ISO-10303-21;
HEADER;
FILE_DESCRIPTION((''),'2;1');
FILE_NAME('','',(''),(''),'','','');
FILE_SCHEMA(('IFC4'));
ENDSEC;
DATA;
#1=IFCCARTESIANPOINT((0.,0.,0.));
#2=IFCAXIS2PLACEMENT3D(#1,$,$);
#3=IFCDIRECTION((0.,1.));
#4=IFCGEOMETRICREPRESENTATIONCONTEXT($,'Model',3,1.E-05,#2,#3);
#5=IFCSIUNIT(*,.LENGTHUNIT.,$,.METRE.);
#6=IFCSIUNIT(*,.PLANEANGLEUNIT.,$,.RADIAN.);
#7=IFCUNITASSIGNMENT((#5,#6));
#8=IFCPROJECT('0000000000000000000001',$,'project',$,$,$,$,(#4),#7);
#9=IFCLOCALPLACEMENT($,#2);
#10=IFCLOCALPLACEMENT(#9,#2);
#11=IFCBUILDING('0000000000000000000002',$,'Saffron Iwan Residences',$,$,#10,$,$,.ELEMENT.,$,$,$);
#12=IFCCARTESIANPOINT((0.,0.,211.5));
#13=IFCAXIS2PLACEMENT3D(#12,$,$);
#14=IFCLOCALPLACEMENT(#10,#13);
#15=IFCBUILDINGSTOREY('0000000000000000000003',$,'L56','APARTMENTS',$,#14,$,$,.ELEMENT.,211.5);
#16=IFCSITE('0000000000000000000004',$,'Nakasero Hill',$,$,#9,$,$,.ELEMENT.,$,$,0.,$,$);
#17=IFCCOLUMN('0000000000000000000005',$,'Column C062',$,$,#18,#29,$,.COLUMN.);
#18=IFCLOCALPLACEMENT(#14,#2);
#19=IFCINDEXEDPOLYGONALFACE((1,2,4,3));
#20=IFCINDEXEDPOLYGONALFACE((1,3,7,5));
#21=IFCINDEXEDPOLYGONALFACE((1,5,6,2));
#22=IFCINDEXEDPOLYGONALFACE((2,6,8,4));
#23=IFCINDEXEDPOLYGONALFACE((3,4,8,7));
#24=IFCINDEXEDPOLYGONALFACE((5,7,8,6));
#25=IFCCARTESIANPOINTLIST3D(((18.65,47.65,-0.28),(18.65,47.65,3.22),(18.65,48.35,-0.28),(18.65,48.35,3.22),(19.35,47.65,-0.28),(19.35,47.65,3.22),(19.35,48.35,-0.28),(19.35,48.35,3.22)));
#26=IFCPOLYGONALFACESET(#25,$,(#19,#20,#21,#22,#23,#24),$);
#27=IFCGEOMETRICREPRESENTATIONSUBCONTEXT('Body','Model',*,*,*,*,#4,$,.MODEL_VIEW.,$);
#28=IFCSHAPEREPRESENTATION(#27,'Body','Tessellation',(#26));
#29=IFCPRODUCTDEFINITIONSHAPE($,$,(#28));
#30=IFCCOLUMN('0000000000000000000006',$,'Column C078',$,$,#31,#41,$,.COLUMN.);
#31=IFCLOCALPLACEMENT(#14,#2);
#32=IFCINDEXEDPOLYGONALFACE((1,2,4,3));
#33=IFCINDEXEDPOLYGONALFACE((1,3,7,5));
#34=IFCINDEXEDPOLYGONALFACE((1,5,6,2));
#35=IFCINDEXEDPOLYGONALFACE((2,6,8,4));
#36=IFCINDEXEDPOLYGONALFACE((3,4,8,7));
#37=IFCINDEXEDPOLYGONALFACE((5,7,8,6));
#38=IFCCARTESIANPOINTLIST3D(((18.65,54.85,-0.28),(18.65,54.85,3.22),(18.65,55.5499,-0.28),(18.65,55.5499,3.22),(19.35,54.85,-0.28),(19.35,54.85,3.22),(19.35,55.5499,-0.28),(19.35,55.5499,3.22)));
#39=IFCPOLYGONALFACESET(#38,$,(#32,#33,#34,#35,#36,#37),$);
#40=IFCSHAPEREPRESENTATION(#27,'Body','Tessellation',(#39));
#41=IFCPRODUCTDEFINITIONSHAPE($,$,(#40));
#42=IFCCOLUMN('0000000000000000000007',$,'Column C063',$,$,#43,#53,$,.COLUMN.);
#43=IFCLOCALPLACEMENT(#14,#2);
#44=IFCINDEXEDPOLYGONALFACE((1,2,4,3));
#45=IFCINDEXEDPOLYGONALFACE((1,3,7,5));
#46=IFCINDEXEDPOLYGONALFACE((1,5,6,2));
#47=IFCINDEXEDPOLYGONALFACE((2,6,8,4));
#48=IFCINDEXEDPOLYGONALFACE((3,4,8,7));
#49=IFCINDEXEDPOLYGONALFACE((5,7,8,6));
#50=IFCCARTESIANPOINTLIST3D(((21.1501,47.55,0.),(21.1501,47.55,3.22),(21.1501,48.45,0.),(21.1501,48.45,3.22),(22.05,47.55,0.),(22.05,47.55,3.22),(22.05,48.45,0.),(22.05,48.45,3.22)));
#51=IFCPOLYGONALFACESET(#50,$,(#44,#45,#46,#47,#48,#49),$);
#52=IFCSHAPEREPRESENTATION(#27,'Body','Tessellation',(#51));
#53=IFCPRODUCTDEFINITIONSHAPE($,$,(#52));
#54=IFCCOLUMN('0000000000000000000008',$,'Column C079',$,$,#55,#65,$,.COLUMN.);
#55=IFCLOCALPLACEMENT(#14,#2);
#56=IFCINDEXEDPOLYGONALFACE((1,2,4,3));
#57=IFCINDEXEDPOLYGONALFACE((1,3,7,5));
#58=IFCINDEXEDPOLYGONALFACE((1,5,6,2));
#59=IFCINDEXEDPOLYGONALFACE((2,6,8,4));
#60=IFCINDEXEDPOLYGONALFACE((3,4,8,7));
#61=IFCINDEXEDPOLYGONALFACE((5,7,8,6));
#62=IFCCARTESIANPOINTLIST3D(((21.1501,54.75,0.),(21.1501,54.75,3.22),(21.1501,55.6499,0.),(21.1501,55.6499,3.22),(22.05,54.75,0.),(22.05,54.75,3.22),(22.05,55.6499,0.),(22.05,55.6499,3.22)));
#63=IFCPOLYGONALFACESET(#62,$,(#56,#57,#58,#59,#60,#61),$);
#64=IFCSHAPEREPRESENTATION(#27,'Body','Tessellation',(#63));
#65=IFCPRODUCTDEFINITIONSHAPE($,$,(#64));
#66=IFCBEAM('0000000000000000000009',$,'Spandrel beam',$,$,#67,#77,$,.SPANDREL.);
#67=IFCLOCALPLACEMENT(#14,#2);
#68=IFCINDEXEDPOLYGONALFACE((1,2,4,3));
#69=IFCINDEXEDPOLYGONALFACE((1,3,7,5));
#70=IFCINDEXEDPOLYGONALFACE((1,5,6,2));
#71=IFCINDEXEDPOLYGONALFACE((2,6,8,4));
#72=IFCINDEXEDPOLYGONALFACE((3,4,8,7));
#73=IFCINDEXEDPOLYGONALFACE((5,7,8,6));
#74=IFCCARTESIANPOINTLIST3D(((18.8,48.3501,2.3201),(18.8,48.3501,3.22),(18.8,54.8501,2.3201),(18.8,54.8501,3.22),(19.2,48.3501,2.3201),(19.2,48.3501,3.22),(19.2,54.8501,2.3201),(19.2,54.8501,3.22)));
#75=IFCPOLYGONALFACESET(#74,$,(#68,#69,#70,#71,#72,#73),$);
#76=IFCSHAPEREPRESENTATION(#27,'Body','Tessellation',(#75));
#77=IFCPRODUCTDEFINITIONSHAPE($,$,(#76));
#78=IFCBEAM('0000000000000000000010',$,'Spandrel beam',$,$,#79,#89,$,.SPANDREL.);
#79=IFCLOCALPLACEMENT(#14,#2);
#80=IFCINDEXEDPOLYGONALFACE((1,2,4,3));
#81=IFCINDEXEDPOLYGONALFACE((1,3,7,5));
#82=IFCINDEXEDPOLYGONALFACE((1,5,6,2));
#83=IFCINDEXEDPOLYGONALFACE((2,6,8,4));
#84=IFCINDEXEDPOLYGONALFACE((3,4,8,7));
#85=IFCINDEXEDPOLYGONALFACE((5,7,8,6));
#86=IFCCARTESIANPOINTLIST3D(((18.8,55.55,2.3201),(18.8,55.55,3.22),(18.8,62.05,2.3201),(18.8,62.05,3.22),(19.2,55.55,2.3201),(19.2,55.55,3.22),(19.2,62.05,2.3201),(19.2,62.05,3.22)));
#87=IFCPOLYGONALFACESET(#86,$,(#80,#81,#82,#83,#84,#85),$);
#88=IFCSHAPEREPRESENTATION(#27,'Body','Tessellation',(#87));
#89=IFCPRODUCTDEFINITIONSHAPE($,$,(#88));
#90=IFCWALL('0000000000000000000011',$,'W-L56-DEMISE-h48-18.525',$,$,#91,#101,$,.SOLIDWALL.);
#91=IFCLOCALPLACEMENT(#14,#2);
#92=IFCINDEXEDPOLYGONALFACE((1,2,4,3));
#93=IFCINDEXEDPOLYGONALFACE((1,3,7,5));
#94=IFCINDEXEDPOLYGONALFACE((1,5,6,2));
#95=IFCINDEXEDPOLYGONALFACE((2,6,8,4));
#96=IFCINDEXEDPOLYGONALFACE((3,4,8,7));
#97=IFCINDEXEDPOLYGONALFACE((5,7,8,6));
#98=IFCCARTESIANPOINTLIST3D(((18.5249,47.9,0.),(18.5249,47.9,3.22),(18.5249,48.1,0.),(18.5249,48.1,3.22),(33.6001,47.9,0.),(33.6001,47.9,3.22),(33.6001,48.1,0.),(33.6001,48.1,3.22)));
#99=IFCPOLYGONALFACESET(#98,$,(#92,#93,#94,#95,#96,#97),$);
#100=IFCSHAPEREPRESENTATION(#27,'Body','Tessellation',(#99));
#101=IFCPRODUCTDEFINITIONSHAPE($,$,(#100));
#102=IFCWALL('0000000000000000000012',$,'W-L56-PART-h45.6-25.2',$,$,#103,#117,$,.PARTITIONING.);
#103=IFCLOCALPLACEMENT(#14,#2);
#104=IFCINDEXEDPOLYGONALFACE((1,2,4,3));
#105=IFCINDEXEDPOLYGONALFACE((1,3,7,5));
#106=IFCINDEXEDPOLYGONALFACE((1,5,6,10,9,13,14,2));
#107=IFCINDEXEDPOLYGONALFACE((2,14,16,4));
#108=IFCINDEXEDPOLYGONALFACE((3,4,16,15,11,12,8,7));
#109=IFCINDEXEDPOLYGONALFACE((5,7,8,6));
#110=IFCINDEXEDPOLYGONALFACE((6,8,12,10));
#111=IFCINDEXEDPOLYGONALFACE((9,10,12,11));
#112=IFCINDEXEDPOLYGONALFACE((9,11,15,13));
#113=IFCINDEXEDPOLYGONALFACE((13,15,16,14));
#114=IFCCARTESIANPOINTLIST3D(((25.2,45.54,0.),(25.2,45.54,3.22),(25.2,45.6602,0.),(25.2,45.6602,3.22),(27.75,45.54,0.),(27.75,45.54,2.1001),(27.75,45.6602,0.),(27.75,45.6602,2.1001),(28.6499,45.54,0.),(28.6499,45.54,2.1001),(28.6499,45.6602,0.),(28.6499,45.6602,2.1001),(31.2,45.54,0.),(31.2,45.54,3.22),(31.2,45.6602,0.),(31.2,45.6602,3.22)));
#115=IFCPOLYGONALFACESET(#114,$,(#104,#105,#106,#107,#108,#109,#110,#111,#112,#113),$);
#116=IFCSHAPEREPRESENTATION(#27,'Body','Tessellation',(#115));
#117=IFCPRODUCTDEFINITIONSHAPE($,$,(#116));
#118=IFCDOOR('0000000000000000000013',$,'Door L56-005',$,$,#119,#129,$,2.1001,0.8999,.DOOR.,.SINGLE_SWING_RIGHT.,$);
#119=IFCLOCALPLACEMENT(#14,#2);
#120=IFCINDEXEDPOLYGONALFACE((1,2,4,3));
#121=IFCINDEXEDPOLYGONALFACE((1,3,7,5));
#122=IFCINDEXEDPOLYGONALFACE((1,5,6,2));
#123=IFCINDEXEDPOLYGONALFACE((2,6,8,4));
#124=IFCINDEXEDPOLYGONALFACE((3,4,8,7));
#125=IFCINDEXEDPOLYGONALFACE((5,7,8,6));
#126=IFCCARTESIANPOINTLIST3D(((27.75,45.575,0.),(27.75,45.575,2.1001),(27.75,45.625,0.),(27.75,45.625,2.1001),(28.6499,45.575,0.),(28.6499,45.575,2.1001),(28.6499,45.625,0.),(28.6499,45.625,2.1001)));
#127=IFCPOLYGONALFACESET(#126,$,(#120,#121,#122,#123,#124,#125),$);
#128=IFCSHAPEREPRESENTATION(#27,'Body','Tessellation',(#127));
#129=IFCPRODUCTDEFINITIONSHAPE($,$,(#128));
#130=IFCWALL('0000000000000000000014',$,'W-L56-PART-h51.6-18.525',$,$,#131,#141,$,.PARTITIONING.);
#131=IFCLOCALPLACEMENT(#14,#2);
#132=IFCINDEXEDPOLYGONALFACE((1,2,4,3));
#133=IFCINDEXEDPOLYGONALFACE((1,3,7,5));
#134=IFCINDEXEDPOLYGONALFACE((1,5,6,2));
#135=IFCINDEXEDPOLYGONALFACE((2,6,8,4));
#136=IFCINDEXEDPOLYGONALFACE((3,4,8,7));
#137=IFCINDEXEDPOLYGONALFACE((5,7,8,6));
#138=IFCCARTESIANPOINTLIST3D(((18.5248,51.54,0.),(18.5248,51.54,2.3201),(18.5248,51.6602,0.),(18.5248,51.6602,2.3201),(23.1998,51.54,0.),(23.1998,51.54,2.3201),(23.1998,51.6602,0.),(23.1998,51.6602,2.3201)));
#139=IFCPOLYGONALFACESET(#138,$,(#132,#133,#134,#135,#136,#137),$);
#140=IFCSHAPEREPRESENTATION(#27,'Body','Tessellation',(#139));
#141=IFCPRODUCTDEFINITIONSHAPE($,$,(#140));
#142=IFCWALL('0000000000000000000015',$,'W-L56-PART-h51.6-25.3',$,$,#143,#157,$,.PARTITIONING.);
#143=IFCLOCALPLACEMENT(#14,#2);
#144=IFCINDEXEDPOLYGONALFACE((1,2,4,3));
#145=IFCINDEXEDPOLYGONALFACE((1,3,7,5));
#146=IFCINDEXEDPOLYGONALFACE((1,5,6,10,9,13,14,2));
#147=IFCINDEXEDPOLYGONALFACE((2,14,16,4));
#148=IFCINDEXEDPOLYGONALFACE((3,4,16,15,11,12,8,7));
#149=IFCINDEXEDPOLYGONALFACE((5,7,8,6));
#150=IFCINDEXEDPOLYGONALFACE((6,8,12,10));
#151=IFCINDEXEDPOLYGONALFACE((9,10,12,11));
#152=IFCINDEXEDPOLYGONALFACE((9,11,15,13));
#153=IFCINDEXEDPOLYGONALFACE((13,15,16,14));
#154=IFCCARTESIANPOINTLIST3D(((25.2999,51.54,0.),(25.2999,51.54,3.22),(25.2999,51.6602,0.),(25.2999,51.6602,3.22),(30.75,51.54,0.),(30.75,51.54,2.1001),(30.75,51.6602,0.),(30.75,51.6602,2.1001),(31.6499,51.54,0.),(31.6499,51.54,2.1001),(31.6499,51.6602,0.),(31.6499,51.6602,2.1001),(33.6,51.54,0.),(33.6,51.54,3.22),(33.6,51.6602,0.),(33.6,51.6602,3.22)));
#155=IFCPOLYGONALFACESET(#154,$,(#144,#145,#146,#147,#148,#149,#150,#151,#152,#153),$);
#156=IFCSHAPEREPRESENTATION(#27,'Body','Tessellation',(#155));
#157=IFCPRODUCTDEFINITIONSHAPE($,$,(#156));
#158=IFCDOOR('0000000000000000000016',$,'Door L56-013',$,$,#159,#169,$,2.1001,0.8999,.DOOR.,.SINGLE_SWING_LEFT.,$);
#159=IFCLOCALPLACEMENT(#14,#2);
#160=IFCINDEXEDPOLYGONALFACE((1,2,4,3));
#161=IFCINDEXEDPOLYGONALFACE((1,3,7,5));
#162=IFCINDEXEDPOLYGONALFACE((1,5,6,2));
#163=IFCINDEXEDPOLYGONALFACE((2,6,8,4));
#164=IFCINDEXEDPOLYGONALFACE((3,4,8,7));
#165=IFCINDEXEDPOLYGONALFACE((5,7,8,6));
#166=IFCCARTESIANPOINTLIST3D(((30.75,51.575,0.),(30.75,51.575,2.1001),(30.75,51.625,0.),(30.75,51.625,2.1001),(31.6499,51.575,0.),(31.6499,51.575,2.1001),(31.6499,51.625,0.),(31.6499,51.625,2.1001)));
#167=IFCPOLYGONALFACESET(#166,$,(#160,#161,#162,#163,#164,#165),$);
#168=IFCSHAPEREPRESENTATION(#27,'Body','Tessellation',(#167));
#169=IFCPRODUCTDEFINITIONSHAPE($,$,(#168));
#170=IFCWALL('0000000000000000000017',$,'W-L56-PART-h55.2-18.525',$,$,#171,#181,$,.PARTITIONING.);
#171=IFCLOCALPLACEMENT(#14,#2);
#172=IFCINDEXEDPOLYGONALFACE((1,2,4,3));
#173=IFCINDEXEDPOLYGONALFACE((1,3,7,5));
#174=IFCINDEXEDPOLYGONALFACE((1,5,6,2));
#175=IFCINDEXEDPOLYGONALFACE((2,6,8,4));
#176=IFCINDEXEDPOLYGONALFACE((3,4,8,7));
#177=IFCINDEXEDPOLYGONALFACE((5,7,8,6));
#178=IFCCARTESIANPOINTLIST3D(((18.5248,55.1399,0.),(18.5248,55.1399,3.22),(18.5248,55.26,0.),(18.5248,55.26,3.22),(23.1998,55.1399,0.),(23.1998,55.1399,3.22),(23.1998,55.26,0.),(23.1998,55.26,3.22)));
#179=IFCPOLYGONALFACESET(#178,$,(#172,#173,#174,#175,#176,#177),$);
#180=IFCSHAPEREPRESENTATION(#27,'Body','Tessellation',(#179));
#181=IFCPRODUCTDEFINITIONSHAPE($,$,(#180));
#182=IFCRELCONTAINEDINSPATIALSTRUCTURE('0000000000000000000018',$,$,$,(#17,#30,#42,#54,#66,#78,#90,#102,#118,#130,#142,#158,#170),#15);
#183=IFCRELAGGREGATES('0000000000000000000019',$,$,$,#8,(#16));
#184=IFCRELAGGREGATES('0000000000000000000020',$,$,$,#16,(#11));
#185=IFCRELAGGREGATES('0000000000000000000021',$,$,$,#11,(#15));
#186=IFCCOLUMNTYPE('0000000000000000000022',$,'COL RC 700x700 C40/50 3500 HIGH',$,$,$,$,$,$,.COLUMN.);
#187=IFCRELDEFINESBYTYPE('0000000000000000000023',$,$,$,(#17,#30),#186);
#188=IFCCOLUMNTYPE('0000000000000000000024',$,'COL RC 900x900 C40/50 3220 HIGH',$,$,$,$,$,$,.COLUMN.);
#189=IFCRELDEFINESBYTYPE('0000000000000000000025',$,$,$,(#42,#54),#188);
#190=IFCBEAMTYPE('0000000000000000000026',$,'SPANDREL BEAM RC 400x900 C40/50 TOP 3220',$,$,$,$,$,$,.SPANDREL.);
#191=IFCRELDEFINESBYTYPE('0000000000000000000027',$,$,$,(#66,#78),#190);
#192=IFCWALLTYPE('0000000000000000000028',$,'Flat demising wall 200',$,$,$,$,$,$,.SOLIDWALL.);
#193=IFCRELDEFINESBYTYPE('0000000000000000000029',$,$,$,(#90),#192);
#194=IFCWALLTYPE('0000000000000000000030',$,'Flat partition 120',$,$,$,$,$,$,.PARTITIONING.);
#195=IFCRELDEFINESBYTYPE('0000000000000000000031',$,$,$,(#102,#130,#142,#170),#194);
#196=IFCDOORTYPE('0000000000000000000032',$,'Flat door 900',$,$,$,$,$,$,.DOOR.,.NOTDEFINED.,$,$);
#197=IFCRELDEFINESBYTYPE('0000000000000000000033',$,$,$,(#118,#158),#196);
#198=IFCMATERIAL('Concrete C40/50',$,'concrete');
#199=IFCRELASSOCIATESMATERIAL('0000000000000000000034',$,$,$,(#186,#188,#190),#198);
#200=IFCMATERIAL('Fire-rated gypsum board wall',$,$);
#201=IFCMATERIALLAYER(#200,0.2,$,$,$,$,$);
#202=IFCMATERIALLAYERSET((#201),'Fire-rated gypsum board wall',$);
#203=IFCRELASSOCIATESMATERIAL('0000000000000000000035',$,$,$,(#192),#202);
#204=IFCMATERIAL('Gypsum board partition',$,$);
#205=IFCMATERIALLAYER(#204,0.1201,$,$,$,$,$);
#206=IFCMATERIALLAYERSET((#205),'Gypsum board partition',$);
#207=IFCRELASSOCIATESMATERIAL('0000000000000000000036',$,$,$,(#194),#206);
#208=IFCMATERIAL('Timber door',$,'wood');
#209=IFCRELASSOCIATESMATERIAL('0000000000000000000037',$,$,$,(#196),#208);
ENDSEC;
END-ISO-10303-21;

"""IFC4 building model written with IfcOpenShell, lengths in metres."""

from ifc_helpers import new_model, si_unit, direction, frame, frame_2d, origin, origin_2d, place, context, subcontext, project, spatial, rectangle, extrude, source, transform, mapped, material, layer, layer_set, material_profile, profile_set, type_object, element, fill, save


model = new_model("IFC4")

# Units and contexts
model_context = context("Model", 3, precision=1e-05, world=origin(), true_north=direction((0.0, 1.0)))
body_context = subcontext(model_context, "Body", "Model", "MODEL_VIEW")
ifc_project = project(units=[si_unit("LENGTHUNIT", "METRE"), si_unit("PLANEANGLEUNIT", "RADIAN")], contexts=[model_context])

# Site, building, storey
site_placement = place(None, origin())
site = spatial("IfcSite", under=ifc_project, at=site_placement, Name="Nakasero Hill", CompositionType="ELEMENT", RefElevation=0.0)
building_placement = place(site_placement, origin())
building = spatial("IfcBuilding", under=site, at=building_placement, Name="Saffron Iwan Residences", CompositionType="ELEMENT")
storey_placement = place(building_placement, frame((0.0, 0.0, 211.5)))
storey = spatial("IfcBuildingStorey", under=building, at=storey_placement, Name="L56", Description="APARTMENTS", CompositionType="ELEMENT", Elevation=211.5)

# Columns
ifc_material_1 = material(Name="Concrete C40/50", Category="concrete")
ifc_material_profile_1 = material_profile(ifc_material_1, rectangle(XDim=0.7, YDim=0.7, at=origin_2d()), Name="RC 700x700")
ifc_profile_set_1 = profile_set([ifc_material_profile_1], Name="Concrete C40/50")
column_type_1 = type_object("IfcColumnType", Name="COL RC 700x700 C40/50 3500 HIGH", PredefinedType="COLUMN", material=ifc_profile_set_1)
shared_shape_1 = source(origin(), body_context, "Body", "SweptSolid", [
    extrude(rectangle(XDim=0.7, YDim=0.7, at=origin_2d()), origin(), (0.0, 0.0, 1.0), 3.5),
])
for number, where, z_axis, x_axis, name in (
    (1, (19.0, 48.0, -0.28), (0.0, 0.0, 1.0), (1.0, 0.0, 0.0), "Column C062"),
    (2, (19.0, 55.2, -0.28), (0.0, 0.0, 1.0), (1.0, 0.0, 0.0), "Column C078"),
):
    element("IfcColumn", number, at=place(storey_placement, frame(where, z_axis=z_axis, x_axis=x_axis)), inside=storey, type_object=column_type_1, Name=name, PredefinedType="COLUMN", context=body_context, shape_type="MappedRepresentation", body=[
        mapped(shared_shape_1, transform((0.0, 0.0, 0.0))),
    ])
ifc_material_profile_2 = material_profile(ifc_material_1, rectangle(XDim=0.8999, YDim=0.8999, at=origin_2d()), Name="RC 900x900")
ifc_profile_set_2 = profile_set([ifc_material_profile_2], Name="Concrete C40/50")
column_type_2 = type_object("IfcColumnType", Name="COL RC 900x900 C40/50 3220 HIGH", PredefinedType="COLUMN", material=ifc_profile_set_2)
shared_shape_2 = source(origin(), body_context, "Body", "SweptSolid", [
    extrude(rectangle(XDim=0.8999, YDim=0.8999, at=origin_2d()), origin(), (0.0, 0.0, 1.0), 3.22),
])
for number, where, z_axis, x_axis, name in (
    (3, (21.6001, 48.0, 0.0), (0.0, 0.0, 1.0), (1.0, 0.0, 0.0), "Column C063"),
    (4, (21.6001, 55.2, 0.0), (0.0, 0.0, 1.0), (1.0, 0.0, 0.0), "Column C079"),
):
    element("IfcColumn", number, at=place(storey_placement, frame(where, z_axis=z_axis, x_axis=x_axis)), inside=storey, type_object=column_type_2, Name=name, PredefinedType="COLUMN", context=body_context, shape_type="MappedRepresentation", body=[
        mapped(shared_shape_2, transform((0.0, 0.0, 0.0))),
    ])

# Beams
ifc_material_profile_3 = material_profile(ifc_material_1, rectangle(XDim=0.3999, YDim=0.8999, at=origin_2d()), Name="RC 400x900")
ifc_profile_set_3 = profile_set([ifc_material_profile_3], Name="Concrete C40/50")
beam_type = type_object("IfcBeamType", Name="SPANDREL BEAM RC 400x900 C40/50 TOP 3220", PredefinedType="SPANDREL", material=ifc_profile_set_3)
shared_shape_3 = source(origin(), body_context, "Body", "SweptSolid", [
    extrude(rectangle(XDim=0.3999, YDim=0.8999, at=origin_2d()), origin(), (0.0, 0.0, 1.0), 6.5),
])
for number, where, z_axis, x_axis, name in (
    (5, (19.0, 48.3501, 2.77), (0.0, 1.0, 0.0), (-1.0, 0.0, 0.0), "Spandrel beam"),
    (6, (19.0, 55.55, 2.77), (0.0, 1.0, 0.0), (-1.0, 0.0, 0.0), "Spandrel beam"),
):
    element("IfcBeam", number, at=place(storey_placement, frame(where, z_axis=z_axis, x_axis=x_axis)), inside=storey, type_object=beam_type, Name=name, PredefinedType="SPANDREL", context=body_context, shape_type="MappedRepresentation", body=[
        mapped(shared_shape_3, transform((0.0, 0.0, 0.0))),
    ])

# Wall
ifc_material_2 = material(Name="Fire-rated gypsum board wall")
ifc_layer_1 = layer(ifc_material_2, 0.2)
ifc_layer_set_1 = layer_set([ifc_layer_1], Name="Fire-rated gypsum board wall")
wall_type_1 = type_object("IfcWallType", Name="Flat demising wall 200", PredefinedType="SOLIDWALL", material=ifc_layer_set_1)
wall_1_placement = place(storey_placement, frame((18.5249, 48.0, 0.0), z_axis=(0.0, 0.0, 1.0), x_axis=(1.0, 0.0, 0.0)))
element("IfcWall", 7, at=wall_1_placement, inside=storey, type_object=wall_type_1, Name="W-L56-DEMISE-h48-18.525", PredefinedType="SOLIDWALL", context=body_context, shape_type="SweptSolid", body=[
    extrude(rectangle(XDim=15.0752, YDim=0.2, at=frame_2d((7.5376, 0.0))), origin(), (0.0, 0.0, 1.0), 3.22),
])

# Wall, opening, door
ifc_material_3 = material(Name="Gypsum board partition")
ifc_layer_2 = layer(ifc_material_3, 0.1201)
ifc_layer_set_2 = layer_set([ifc_layer_2], Name="Gypsum board partition")
wall_type_2 = type_object("IfcWallType", Name="Flat partition 120", PredefinedType="PARTITIONING", material=ifc_layer_set_2)
wall_2_placement = place(storey_placement, frame((25.2, 45.6001, 0.0), z_axis=(0.0, 0.0, 1.0), x_axis=(1.0, 0.0, 0.0)))
wall_2 = element("IfcWall", 8, at=wall_2_placement, inside=storey, type_object=wall_type_2, Name="W-L56-PART-h45.6-25.2", PredefinedType="PARTITIONING", context=body_context, shape_type="SweptSolid", body=[
    extrude(rectangle(XDim=6.0, YDim=0.1201, at=frame_2d((3.0, 0.0))), origin(), (0.0, 0.0, 1.0), 3.22),
])
opening_1_placement = place(wall_2_placement, frame((2.55, 0.0, 0.0)))
opening_1 = element("IfcOpeningElement", 9, at=opening_1_placement, cuts=wall_2, PredefinedType="OPENING", context=body_context, shape_type="SweptSolid", body=[
    extrude(rectangle(XDim=0.8999, YDim=2.1001, at=frame_2d((0.45, 1.05))), frame((0.0, 0.0701, 0.0), z_axis=(0.0, -1.0, 0.0), x_axis=(1.0, 0.0, 0.0)), (0.0, 0.0, 1.0), 0.1401),
])
ifc_material_4 = material(Name="Timber door", Category="wood")
door_type_1 = type_object("IfcDoorType", Name="Flat door 900", OperationType="NOTDEFINED", PredefinedType="DOOR", material=ifc_material_4)
door_1_placement = place(opening_1_placement, origin())
door_1 = element("IfcDoor", 10, at=door_1_placement, inside=storey, type_object=door_type_1, Name="Door L56-005", OperationType="SINGLE_SWING_RIGHT", OverallHeight=2.1001, OverallWidth=0.8999, PredefinedType="DOOR", context=body_context, shape_type="SweptSolid", body=[
    extrude(rectangle(XDim=0.8999, YDim=2.1001, at=frame_2d((0.45, 1.05))), frame((0.0, 0.0249, 0.0), z_axis=(0.0, -1.0, 0.0), x_axis=(1.0, 0.0, 0.0)), (0.0, 0.0, 1.0), 0.05),
])
fill(opening_1, door_1)

# Wall
wall_3_placement = place(storey_placement, frame((18.5249, 51.6001, 0.0), z_axis=(0.0, 0.0, 1.0), x_axis=(1.0, 0.0, 0.0)))
element("IfcWall", 11, at=wall_3_placement, inside=storey, type_object=wall_type_2, Name="W-L56-PART-h51.6-18.525", PredefinedType="PARTITIONING", context=body_context, shape_type="SweptSolid", body=[
    extrude(rectangle(XDim=4.675, YDim=0.1201, at=frame_2d((2.3374, 0.0))), origin(), (0.0, 0.0, 1.0), 2.3201),
])

# Wall, opening, door
wall_4_placement = place(storey_placement, frame((25.3, 51.6001, 0.0), z_axis=(0.0, 0.0, 1.0), x_axis=(1.0, 0.0, 0.0)))
wall_4 = element("IfcWall", 12, at=wall_4_placement, inside=storey, type_object=wall_type_2, Name="W-L56-PART-h51.6-25.3", PredefinedType="PARTITIONING", context=body_context, shape_type="SweptSolid", body=[
    extrude(rectangle(XDim=8.3, YDim=0.1201, at=frame_2d((4.1499, 0.0))), origin(), (0.0, 0.0, 1.0), 3.22),
])
opening_2_placement = place(wall_4_placement, frame((5.45, 0.0, 0.0)))
opening_2 = element("IfcOpeningElement", 13, at=opening_2_placement, cuts=wall_4, PredefinedType="OPENING", context=body_context, shape_type="SweptSolid", body=[
    extrude(rectangle(XDim=0.8999, YDim=2.1001, at=frame_2d((0.45, 1.05))), frame((0.0, 0.0701, 0.0), z_axis=(0.0, -1.0, 0.0), x_axis=(1.0, 0.0, 0.0)), (0.0, 0.0, 1.0), 0.1401),
])
door_2_placement = place(opening_2_placement, origin())
door_2 = element("IfcDoor", 14, at=door_2_placement, inside=storey, type_object=door_type_1, Name="Door L56-013", OperationType="SINGLE_SWING_LEFT", OverallHeight=2.1001, OverallWidth=0.8999, PredefinedType="DOOR", context=body_context, shape_type="SweptSolid", body=[
    extrude(rectangle(XDim=0.8999, YDim=2.1001, at=frame_2d((0.45, 1.05))), frame((0.0, 0.0249, 0.0), z_axis=(0.0, -1.0, 0.0), x_axis=(1.0, 0.0, 0.0)), (0.0, 0.0, 1.0), 0.05),
])
fill(opening_2, door_2)

# Wall
wall_5_placement = place(storey_placement, frame((18.5249, 55.2, 0.0), z_axis=(0.0, 0.0, 1.0), x_axis=(1.0, 0.0, 0.0)))
element("IfcWall", 15, at=wall_5_placement, inside=storey, type_object=wall_type_2, Name="W-L56-PART-h55.2-18.525", PredefinedType="PARTITIONING", context=body_context, shape_type="SweptSolid", body=[
    extrude(rectangle(XDim=4.675, YDim=0.1201, at=frame_2d((2.3374, 0.0))), origin(), (0.0, 0.0, 1.0), 3.22),
])

save(model, "model.ifc")
